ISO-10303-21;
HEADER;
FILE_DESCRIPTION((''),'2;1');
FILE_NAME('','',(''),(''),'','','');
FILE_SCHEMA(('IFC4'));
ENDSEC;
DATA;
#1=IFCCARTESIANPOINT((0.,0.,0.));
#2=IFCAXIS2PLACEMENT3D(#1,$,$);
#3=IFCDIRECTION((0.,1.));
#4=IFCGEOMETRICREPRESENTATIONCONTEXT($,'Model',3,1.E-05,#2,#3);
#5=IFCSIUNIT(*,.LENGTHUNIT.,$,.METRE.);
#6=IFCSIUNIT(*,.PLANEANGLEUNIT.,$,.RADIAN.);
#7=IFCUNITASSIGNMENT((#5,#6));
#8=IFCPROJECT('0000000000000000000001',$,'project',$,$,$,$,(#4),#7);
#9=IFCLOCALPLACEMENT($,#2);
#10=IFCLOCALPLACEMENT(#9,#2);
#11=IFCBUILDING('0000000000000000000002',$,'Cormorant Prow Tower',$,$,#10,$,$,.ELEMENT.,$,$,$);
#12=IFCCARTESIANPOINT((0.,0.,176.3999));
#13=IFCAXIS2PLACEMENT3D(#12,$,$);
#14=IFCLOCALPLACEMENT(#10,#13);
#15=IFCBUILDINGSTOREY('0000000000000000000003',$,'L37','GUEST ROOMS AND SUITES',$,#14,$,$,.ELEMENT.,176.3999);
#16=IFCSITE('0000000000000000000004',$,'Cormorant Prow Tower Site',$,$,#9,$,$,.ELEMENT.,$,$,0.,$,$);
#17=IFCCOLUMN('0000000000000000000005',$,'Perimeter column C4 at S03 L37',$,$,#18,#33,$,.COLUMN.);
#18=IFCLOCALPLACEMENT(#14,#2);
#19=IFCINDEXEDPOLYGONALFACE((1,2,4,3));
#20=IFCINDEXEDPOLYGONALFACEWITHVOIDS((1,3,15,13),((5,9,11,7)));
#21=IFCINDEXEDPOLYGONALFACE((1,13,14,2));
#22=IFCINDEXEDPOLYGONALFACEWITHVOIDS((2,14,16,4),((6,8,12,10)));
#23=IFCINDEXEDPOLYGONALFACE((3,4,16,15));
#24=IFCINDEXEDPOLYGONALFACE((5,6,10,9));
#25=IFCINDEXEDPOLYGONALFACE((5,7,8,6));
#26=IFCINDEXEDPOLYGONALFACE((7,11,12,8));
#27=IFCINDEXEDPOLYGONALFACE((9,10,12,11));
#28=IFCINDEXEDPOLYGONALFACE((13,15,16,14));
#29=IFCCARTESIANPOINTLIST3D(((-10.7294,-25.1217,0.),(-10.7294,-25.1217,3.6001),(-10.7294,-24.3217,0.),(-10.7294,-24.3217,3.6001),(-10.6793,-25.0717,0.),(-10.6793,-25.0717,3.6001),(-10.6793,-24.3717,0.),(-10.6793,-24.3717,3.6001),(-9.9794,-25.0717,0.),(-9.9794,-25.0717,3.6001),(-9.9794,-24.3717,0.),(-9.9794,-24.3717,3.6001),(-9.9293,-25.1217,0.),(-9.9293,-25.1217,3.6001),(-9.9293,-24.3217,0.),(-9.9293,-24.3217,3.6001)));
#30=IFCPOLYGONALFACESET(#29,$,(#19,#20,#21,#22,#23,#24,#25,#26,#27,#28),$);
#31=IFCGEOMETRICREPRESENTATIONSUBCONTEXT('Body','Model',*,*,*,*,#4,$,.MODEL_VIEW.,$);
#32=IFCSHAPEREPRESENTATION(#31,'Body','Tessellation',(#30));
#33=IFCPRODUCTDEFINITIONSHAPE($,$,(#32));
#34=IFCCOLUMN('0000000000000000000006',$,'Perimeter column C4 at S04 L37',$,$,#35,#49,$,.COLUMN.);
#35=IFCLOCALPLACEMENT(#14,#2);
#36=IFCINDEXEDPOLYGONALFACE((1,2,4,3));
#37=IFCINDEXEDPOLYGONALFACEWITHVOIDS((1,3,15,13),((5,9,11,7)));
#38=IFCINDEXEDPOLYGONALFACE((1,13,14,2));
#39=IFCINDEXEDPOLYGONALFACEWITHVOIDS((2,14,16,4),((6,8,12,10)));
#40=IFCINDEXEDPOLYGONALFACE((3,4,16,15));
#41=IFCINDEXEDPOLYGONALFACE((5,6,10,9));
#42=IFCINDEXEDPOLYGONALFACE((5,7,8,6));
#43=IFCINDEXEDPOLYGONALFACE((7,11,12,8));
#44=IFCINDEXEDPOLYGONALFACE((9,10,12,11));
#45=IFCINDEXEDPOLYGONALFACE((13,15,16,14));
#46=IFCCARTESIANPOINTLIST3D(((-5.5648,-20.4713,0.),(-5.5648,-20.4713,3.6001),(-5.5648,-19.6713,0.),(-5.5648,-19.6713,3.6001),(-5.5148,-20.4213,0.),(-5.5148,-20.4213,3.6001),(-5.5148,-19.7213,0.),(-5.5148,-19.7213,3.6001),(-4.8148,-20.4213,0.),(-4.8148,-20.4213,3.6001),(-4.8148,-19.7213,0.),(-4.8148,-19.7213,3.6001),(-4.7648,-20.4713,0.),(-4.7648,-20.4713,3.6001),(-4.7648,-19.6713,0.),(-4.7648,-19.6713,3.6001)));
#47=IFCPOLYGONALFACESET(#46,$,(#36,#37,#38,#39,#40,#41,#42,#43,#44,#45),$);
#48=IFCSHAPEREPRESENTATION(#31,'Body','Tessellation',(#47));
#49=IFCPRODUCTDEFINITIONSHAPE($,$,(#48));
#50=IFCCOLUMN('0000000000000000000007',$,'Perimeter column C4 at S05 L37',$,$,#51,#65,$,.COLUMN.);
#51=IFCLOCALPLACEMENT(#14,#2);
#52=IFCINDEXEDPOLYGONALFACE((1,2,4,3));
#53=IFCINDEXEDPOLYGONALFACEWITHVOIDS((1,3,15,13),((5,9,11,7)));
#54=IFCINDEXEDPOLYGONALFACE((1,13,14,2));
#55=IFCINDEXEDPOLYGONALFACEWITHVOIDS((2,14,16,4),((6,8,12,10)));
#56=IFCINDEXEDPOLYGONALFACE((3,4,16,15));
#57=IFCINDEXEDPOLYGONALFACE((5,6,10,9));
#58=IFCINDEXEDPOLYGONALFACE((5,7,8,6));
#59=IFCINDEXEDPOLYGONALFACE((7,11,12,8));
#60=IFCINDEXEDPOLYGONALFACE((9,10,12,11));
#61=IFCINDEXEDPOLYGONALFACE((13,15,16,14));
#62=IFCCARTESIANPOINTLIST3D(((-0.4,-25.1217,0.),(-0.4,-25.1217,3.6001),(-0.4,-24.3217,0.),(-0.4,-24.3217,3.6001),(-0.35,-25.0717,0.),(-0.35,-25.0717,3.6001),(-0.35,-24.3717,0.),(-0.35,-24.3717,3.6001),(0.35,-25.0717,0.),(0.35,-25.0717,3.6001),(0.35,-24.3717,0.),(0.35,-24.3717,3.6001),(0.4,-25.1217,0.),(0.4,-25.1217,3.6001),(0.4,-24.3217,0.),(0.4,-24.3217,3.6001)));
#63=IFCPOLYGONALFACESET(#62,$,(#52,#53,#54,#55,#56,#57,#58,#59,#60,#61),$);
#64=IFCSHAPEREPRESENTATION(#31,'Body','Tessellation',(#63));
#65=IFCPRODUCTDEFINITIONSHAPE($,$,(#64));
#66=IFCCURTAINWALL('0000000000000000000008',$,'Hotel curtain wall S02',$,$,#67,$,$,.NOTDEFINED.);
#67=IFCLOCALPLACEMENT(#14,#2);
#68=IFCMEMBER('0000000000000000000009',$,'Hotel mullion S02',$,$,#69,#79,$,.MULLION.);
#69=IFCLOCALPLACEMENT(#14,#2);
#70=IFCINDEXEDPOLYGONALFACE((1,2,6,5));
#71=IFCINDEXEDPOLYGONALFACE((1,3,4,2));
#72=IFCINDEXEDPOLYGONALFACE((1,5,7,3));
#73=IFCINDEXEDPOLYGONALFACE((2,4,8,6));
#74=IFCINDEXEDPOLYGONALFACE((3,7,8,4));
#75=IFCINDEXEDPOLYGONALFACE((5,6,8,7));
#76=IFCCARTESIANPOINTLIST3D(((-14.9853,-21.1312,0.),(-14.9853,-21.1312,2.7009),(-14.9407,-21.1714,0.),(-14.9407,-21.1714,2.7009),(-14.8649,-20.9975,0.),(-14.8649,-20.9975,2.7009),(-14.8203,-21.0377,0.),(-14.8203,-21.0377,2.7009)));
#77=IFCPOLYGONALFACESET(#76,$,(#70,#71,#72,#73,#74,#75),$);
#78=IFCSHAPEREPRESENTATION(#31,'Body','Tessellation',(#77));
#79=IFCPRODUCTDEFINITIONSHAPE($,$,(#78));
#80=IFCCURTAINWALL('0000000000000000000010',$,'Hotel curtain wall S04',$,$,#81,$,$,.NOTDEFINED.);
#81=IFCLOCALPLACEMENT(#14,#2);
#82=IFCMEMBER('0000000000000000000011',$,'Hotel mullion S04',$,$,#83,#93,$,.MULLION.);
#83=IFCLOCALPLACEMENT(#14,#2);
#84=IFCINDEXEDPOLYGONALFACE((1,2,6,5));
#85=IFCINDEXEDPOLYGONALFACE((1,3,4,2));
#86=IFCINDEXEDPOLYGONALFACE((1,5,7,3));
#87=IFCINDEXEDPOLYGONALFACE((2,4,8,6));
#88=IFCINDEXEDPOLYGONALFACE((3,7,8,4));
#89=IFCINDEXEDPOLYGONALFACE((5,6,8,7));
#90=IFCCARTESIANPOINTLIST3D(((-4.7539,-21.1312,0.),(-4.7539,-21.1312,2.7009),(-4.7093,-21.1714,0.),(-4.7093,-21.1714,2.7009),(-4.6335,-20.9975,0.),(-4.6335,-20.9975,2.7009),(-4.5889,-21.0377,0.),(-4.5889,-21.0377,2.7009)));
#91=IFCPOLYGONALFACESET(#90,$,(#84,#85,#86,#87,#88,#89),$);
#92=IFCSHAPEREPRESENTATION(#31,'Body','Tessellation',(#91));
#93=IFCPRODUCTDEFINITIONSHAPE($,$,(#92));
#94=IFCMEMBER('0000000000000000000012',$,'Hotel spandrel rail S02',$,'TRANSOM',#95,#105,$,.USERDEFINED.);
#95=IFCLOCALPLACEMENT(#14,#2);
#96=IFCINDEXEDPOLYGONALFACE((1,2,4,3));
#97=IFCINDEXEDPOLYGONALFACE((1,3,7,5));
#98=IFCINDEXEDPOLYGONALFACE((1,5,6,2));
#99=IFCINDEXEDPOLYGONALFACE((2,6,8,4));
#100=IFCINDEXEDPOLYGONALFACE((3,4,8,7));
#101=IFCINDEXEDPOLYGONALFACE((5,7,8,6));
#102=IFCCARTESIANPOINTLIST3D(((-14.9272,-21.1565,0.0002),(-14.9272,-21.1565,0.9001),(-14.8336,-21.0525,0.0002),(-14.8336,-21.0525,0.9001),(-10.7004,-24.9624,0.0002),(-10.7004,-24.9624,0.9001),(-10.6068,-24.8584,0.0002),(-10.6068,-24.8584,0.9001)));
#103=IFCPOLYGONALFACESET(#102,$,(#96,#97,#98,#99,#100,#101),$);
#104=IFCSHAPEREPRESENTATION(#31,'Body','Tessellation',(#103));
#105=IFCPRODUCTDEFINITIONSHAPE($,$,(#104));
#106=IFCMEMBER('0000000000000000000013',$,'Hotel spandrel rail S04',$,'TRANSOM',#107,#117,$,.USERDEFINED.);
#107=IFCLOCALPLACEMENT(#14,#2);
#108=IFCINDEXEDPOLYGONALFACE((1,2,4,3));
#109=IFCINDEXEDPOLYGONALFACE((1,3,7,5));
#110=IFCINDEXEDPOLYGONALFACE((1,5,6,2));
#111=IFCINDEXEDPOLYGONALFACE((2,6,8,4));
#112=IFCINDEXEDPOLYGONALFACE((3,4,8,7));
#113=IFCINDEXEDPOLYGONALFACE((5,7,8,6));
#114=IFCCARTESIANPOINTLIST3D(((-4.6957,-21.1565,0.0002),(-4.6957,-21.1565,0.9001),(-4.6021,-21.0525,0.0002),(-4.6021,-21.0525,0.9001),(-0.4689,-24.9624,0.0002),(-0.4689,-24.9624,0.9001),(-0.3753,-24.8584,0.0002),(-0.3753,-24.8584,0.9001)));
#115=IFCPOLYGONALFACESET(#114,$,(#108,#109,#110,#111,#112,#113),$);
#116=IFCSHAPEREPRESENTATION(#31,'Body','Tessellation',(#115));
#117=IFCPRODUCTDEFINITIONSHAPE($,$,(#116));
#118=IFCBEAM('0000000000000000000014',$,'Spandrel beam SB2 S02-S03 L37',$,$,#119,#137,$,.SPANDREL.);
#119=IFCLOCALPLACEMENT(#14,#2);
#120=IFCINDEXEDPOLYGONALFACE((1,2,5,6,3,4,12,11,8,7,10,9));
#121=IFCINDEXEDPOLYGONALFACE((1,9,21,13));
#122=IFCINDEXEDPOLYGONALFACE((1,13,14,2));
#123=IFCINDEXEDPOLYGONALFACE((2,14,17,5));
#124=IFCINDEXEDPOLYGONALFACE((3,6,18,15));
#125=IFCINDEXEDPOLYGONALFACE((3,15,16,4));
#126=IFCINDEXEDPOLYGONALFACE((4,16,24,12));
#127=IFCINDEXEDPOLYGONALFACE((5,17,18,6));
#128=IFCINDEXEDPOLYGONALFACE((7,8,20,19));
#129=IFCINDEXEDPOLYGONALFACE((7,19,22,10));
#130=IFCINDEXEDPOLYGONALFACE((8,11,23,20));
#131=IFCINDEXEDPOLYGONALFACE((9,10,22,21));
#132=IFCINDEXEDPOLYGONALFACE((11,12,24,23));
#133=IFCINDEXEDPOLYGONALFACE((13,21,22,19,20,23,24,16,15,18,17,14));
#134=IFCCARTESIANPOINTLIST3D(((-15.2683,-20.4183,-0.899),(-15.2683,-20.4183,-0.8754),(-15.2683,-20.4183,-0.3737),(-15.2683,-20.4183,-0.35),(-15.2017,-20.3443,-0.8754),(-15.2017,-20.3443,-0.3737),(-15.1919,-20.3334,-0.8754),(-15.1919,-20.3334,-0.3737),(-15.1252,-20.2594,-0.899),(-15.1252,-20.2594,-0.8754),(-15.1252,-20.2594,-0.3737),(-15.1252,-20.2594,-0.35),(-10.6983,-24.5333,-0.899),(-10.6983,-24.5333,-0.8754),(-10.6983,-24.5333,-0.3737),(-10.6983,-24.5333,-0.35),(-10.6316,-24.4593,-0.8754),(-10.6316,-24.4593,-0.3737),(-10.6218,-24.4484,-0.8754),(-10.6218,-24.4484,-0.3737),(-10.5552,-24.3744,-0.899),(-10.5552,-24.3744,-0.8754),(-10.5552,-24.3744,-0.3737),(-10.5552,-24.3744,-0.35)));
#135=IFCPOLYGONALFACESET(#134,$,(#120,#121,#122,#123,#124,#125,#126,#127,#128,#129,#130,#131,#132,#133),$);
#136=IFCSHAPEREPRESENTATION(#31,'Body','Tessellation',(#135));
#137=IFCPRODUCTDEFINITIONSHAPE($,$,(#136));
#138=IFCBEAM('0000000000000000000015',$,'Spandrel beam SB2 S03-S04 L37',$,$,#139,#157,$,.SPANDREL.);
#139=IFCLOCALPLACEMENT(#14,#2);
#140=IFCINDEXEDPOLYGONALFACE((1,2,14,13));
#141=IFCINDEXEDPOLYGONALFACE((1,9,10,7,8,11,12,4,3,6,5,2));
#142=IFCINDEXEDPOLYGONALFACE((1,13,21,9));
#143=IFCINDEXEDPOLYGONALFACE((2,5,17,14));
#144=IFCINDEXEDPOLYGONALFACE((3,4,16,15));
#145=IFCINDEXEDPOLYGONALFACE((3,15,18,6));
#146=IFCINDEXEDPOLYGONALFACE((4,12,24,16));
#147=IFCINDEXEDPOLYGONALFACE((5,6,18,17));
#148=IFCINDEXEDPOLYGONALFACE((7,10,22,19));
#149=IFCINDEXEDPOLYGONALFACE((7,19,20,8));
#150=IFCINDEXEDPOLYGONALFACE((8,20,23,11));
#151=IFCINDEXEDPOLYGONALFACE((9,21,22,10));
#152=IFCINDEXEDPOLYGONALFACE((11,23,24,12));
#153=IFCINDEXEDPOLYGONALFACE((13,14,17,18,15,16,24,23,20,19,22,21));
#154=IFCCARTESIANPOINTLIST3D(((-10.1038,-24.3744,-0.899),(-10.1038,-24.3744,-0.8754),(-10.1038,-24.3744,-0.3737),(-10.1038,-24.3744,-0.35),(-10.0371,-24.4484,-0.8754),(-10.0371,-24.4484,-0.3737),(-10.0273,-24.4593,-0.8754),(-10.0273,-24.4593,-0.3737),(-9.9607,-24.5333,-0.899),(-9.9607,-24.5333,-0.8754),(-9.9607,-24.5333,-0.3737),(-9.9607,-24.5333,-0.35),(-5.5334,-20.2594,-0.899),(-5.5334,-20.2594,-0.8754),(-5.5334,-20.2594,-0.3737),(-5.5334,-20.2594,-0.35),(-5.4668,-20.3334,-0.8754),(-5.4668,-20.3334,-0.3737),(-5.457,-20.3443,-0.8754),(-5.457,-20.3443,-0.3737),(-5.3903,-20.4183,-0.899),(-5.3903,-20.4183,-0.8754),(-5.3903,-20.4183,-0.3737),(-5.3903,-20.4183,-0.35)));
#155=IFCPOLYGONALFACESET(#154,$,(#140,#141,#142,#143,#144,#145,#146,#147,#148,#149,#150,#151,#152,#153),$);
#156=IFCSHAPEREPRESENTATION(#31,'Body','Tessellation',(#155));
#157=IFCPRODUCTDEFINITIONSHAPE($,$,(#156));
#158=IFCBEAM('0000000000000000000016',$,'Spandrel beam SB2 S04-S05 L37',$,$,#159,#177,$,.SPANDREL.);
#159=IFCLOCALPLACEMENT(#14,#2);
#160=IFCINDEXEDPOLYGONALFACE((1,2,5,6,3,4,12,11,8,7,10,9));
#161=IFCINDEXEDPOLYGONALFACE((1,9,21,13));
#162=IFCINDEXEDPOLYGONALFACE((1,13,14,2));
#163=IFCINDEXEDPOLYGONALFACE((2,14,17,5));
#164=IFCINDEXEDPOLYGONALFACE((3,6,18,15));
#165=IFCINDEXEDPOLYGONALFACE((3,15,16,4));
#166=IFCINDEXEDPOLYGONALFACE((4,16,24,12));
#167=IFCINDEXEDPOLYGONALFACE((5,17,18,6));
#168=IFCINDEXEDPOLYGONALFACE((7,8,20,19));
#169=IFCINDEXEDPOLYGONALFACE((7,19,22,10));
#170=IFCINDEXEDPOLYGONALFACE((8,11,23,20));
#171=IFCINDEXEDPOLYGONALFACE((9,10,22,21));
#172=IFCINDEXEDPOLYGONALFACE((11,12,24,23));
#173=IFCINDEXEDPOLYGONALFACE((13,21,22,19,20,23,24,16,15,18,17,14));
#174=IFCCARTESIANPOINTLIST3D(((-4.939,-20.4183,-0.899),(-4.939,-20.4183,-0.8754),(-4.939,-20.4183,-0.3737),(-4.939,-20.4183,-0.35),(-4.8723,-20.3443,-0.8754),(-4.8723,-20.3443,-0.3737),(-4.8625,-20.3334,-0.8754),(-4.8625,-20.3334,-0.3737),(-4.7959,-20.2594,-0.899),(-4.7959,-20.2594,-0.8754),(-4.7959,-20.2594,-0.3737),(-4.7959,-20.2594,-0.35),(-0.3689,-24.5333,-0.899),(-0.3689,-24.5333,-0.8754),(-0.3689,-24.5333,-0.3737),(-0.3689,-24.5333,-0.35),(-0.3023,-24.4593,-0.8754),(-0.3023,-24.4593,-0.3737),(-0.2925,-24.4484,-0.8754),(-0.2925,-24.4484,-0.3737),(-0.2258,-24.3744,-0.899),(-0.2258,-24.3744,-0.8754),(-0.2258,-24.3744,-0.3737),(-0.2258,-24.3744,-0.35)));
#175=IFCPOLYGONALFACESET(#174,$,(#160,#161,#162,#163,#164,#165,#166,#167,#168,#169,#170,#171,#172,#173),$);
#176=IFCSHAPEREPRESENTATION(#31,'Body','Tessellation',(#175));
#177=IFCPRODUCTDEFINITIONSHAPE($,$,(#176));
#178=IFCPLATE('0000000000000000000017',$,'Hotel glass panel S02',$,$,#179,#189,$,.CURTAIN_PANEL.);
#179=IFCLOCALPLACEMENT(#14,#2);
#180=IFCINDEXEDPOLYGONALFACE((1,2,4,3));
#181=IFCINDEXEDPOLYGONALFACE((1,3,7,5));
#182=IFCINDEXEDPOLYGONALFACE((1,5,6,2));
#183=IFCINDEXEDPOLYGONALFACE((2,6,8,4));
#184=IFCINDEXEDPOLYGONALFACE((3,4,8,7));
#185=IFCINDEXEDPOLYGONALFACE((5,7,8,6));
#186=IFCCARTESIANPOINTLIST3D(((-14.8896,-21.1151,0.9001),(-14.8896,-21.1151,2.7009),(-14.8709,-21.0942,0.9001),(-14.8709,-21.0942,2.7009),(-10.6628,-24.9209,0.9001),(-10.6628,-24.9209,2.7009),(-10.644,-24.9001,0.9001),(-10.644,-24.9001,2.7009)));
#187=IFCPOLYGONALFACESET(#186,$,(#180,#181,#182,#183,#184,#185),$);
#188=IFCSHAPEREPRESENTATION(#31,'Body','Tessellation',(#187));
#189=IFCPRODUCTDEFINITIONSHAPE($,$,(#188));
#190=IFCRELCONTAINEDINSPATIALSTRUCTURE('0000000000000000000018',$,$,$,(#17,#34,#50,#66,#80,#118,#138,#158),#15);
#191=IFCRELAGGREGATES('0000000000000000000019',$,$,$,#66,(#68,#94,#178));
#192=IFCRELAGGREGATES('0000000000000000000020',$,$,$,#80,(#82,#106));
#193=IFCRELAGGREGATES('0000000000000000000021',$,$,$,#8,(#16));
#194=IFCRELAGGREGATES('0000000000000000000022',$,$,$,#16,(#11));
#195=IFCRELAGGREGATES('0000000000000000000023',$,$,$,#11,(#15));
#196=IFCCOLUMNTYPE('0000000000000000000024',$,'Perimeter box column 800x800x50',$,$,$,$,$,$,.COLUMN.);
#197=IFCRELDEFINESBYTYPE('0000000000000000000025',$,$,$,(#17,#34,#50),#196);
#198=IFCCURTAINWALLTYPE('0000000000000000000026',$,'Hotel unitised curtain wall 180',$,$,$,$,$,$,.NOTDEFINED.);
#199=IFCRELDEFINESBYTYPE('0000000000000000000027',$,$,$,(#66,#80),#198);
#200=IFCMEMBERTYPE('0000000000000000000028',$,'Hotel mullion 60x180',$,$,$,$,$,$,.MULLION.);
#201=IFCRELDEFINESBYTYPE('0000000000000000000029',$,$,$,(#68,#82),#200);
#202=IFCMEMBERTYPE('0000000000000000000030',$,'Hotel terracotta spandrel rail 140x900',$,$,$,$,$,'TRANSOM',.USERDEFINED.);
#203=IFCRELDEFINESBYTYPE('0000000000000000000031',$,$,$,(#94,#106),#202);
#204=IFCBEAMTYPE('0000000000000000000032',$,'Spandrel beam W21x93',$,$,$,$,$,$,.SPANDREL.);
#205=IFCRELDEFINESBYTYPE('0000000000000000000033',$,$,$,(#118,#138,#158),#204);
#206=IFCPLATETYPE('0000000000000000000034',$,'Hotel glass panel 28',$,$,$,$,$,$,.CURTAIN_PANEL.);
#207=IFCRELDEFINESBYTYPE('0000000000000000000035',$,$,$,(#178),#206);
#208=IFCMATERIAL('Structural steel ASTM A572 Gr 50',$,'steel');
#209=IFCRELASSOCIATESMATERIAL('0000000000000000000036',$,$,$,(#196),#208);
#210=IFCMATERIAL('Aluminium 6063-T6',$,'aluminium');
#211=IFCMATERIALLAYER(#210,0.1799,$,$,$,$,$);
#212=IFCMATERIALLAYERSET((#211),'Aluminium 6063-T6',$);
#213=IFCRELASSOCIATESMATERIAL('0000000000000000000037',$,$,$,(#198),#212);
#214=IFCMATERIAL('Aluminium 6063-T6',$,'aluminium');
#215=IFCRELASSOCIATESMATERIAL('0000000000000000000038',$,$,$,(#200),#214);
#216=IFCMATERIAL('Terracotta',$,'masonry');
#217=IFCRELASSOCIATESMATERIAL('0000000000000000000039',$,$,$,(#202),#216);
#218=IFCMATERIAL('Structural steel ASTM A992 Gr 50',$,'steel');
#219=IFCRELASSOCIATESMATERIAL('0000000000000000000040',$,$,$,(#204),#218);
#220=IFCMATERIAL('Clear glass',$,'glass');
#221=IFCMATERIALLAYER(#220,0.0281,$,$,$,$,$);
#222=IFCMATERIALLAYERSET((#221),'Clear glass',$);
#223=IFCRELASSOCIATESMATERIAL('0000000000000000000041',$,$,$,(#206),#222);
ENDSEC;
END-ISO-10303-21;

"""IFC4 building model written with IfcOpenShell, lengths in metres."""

from ifc_helpers import new_model, si_unit, direction, frame, origin, origin_2d, place, context, subcontext, project, spatial, rectangle, hollow_rectangle, i_section, extrude, material, layer, layer_set, material_profile, profile_set, type_object, element, aggregate, save


model = new_model("IFC4")

# Units and contexts
model_context = context("Model", 3, precision=1e-05, world=origin(), true_north=direction((0.0, 1.0)))
body_context = subcontext(model_context, "Body", "Model", "MODEL_VIEW")
ifc_project = project(units=[si_unit("LENGTHUNIT", "METRE"), si_unit("PLANEANGLEUNIT", "RADIAN")], contexts=[model_context])

# Site, building, storey
site_placement = place(None, origin())
site = spatial("IfcSite", under=ifc_project, at=site_placement, Name="Cormorant Prow Tower Site", CompositionType="ELEMENT", RefElevation=0.0)
building_placement = place(site_placement, origin())
building = spatial("IfcBuilding", under=site, at=building_placement, Name="Cormorant Prow Tower", CompositionType="ELEMENT")
storey_placement = place(building_placement, frame((0.0, 0.0, 176.3999)))
storey = spatial("IfcBuildingStorey", under=building, at=storey_placement, Name="L37", Description="GUEST ROOMS AND SUITES", CompositionType="ELEMENT", Elevation=176.3999)

# Columns
ifc_material_1 = material(Name="Structural steel ASTM A572 Gr 50", Category="steel")
ifc_material_profile_1 = material_profile(ifc_material_1, hollow_rectangle(XDim=0.8, YDim=0.8, WallThickness=0.05, at=origin_2d()), Name="Box 800x800x50")
ifc_profile_set_1 = profile_set([ifc_material_profile_1], Name="Structural steel ASTM A572 Gr 50")
column_type = type_object("IfcColumnType", Name="Perimeter box column 800x800x50", PredefinedType="COLUMN", material=ifc_profile_set_1)
for number, where, z_axis, x_axis, name in (
    (1, (-10.3293, -24.7217, 0.0), (0.0, 0.0, 1.0), (1.0, 0.0, 0.0), "Perimeter column C4 at S03 L37"),
    (2, (-5.1648, -20.0713, 0.0), (0.0, 0.0, 1.0), (1.0, 0.0, 0.0), "Perimeter column C4 at S04 L37"),
    (3, (0.0, -24.7217, 0.0), (0.0, 0.0, 1.0), (1.0, 0.0, 0.0), "Perimeter column C4 at S05 L37"),
):
    element("IfcColumn", number, at=place(storey_placement, frame(where, z_axis=z_axis, x_axis=x_axis)), inside=storey, type_object=column_type, Name=name, PredefinedType="COLUMN", context=body_context, shape_type="SweptSolid", body=[
        extrude(hollow_rectangle(XDim=0.8, YDim=0.8, WallThickness=0.05, at=origin_2d()), origin(), (0.0, 0.0, 1.0), 3.6001),
    ])

# Curtain walls, members
ifc_material_2 = material(Name="Aluminium 6063-T6", Category="aluminium")
ifc_layer_1 = layer(ifc_material_2, 0.1799)
ifc_layer_set_1 = layer_set([ifc_layer_1], Name="Aluminium 6063-T6")
curtain_wall_type = type_object("IfcCurtainWallType", Name="Hotel unitised curtain wall 180", PredefinedType="NOTDEFINED", material=ifc_layer_set_1)
curtain_wall_1_placement = place(storey_placement, origin())
curtain_wall_1 = element("IfcCurtainWall", 4, at=curtain_wall_1_placement, inside=storey, type_object=curtain_wall_type, Name="Hotel curtain wall S02", PredefinedType="NOTDEFINED")
ifc_material_3 = material(Name="Aluminium 6063-T6", Category="aluminium")
ifc_material_profile_2 = material_profile(ifc_material_3, rectangle(XDim=0.1799, YDim=0.0601, at=origin_2d()), Name="Hotel mullion 60x180")
ifc_profile_set_2 = profile_set([ifc_material_profile_2], Name="Aluminium 6063-T6")
member_type_1 = type_object("IfcMemberType", Name="Hotel mullion 60x180", PredefinedType="MULLION", material=ifc_profile_set_2)
member_1_placement = place(storey_placement, frame((-14.9028, -21.0845, 0.0), z_axis=(0.0, 0.0, 1.0), x_axis=(0.669131, 0.743145, 0.0)))
member_1 = element("IfcMember", 5, at=member_1_placement, type_object=member_type_1, Name="Hotel mullion S02", PredefinedType="MULLION", context=body_context, shape_type="SweptSolid", body=[
    extrude(rectangle(XDim=0.1799, YDim=0.0601, at=origin_2d()), origin(), (0.0, 0.0, 1.0), 2.7009),
])
curtain_wall_2_placement = place(storey_placement, origin())
curtain_wall_2 = element("IfcCurtainWall", 6, at=curtain_wall_2_placement, inside=storey, type_object=curtain_wall_type, Name="Hotel curtain wall S04", PredefinedType="NOTDEFINED")
member_2_placement = place(storey_placement, frame((-4.6714, -21.0845, 0.0), z_axis=(0.0, 0.0, 1.0), x_axis=(0.669131, 0.743145, 0.0)))
member_2 = element("IfcMember", 7, at=member_2_placement, type_object=member_type_1, Name="Hotel mullion S04", PredefinedType="MULLION", context=body_context, shape_type="SweptSolid", body=[
    extrude(rectangle(XDim=0.1799, YDim=0.0601, at=origin_2d()), origin(), (0.0, 0.0, 1.0), 2.7009),
])

# Members
ifc_material_4 = material(Name="Terracotta", Category="masonry")
ifc_material_profile_3 = material_profile(ifc_material_4, rectangle(XDim=0.1399, YDim=0.8999, at=origin_2d()), Name="Hotel terracotta spandrel rail 140x900")
ifc_profile_set_3 = profile_set([ifc_material_profile_3], Name="Terracotta")
member_type_2 = type_object("IfcMemberType", Name="Hotel terracotta spandrel rail 140x900", ElementType="TRANSOM", PredefinedType="USERDEFINED", material=ifc_profile_set_3)
member_3_placement = place(storey_placement, frame((-14.8804, -21.1045, 0.4502), z_axis=(0.743138, -0.669138, 0.0), x_axis=(0.669138, 0.743138, 0.0)))
member_3 = element("IfcMember", 8, at=member_3_placement, type_object=member_type_2, Name="Hotel spandrel rail S02", ObjectType="TRANSOM", PredefinedType="USERDEFINED", context=body_context, shape_type="SweptSolid", body=[
    extrude(rectangle(XDim=0.1399, YDim=0.8999, at=origin_2d()), origin(), (0.0, 0.0, 1.0), 5.6877),
])
member_4_placement = place(storey_placement, frame((-4.6489, -21.1045, 0.4502), z_axis=(0.743138, -0.669138, 0.0), x_axis=(0.669138, 0.743138, 0.0)))
member_4 = element("IfcMember", 9, at=member_4_placement, type_object=member_type_2, Name="Hotel spandrel rail S04", ObjectType="TRANSOM", PredefinedType="USERDEFINED", context=body_context, shape_type="SweptSolid", body=[
    extrude(rectangle(XDim=0.1399, YDim=0.8999, at=origin_2d()), origin(), (0.0, 0.0, 1.0), 5.6877),
])

# Beams
ifc_material_5 = material(Name="Structural steel ASTM A992 Gr 50", Category="steel")
ifc_material_profile_4 = material_profile(ifc_material_5, i_section(OverallWidth=0.2139, OverallDepth=0.5491, WebThickness=0.0146, FlangeThickness=0.0237, at=origin_2d()), Name="W21x93")
ifc_profile_set_4 = profile_set([ifc_material_profile_4], Name="Structural steel ASTM A992 Gr 50")
beam_type = type_object("IfcBeamType", Name="Spandrel beam W21x93", PredefinedType="SPANDREL", material=ifc_profile_set_4)
beam_1_placement = place(storey_placement, frame((-15.1968, -20.3389, -0.6245), z_axis=(0.743138, -0.669138, 0.0), x_axis=(0.669138, 0.743138, 0.0)))
element("IfcBeam", 10, at=beam_1_placement, inside=storey, type_object=beam_type, Name="Spandrel beam SB2 S02-S03 L37", PredefinedType="SPANDREL", context=body_context, shape_type="SweptSolid", body=[
    extrude(i_section(OverallWidth=0.2139, OverallDepth=0.5491, WebThickness=0.0146, FlangeThickness=0.0237, at=origin_2d()), origin(), (0.0, 0.0, 1.0), 6.1497),
])
beam_2_placement = place(storey_placement, frame((-10.0322, -24.4539, -0.6245), z_axis=(0.743156, 0.669118, 0.0), x_axis=(-0.669118, 0.743156, 0.0)))
element("IfcBeam", 11, at=beam_2_placement, inside=storey, type_object=beam_type, Name="Spandrel beam SB2 S03-S04 L37", PredefinedType="SPANDREL", context=body_context, shape_type="SweptSolid", body=[
    extrude(i_section(OverallWidth=0.2139, OverallDepth=0.5491, WebThickness=0.0146, FlangeThickness=0.0237, at=origin_2d()), origin(), (0.0, 0.0, 1.0), 6.1499),
])
beam_3_placement = place(storey_placement, frame((-4.8674, -20.3389, -0.6245), z_axis=(0.743138, -0.669138, 0.0), x_axis=(0.669138, 0.743138, 0.0)))
element("IfcBeam", 12, at=beam_3_placement, inside=storey, type_object=beam_type, Name="Spandrel beam SB2 S04-S05 L37", PredefinedType="SPANDREL", context=body_context, shape_type="SweptSolid", body=[
    extrude(i_section(OverallWidth=0.2139, OverallDepth=0.5491, WebThickness=0.0146, FlangeThickness=0.0237, at=origin_2d()), origin(), (0.0, 0.0, 1.0), 6.1497),
])

# Plate
ifc_material_6 = material(Name="Clear glass", Category="glass")
ifc_layer_2 = layer(ifc_material_6, 0.0281)
ifc_layer_set_2 = layer_set([ifc_layer_2], Name="Clear glass")
plate_type = type_object("IfcPlateType", Name="Hotel glass panel 28", PredefinedType="CURTAIN_PANEL", material=ifc_layer_set_2)
plate_1_placement = place(storey_placement, frame((-12.7668, -23.0076, 0.9001), z_axis=(0.0, 0.0, 1.0), x_axis=(0.743145, -0.669131, 0.0)))
plate_1 = element("IfcPlate", 13, at=plate_1_placement, type_object=plate_type, Name="Hotel glass panel S02", PredefinedType="CURTAIN_PANEL", context=body_context, shape_type="SweptSolid", body=[
    extrude(rectangle(XDim=5.6877, YDim=0.0281, at=origin_2d()), origin(), (0.0, 0.0, 1.0), 1.8008),
])
aggregate(curtain_wall_1, [member_1, member_3, plate_1])
aggregate(curtain_wall_2, [member_2, member_4])

save(model, "model.ifc")
